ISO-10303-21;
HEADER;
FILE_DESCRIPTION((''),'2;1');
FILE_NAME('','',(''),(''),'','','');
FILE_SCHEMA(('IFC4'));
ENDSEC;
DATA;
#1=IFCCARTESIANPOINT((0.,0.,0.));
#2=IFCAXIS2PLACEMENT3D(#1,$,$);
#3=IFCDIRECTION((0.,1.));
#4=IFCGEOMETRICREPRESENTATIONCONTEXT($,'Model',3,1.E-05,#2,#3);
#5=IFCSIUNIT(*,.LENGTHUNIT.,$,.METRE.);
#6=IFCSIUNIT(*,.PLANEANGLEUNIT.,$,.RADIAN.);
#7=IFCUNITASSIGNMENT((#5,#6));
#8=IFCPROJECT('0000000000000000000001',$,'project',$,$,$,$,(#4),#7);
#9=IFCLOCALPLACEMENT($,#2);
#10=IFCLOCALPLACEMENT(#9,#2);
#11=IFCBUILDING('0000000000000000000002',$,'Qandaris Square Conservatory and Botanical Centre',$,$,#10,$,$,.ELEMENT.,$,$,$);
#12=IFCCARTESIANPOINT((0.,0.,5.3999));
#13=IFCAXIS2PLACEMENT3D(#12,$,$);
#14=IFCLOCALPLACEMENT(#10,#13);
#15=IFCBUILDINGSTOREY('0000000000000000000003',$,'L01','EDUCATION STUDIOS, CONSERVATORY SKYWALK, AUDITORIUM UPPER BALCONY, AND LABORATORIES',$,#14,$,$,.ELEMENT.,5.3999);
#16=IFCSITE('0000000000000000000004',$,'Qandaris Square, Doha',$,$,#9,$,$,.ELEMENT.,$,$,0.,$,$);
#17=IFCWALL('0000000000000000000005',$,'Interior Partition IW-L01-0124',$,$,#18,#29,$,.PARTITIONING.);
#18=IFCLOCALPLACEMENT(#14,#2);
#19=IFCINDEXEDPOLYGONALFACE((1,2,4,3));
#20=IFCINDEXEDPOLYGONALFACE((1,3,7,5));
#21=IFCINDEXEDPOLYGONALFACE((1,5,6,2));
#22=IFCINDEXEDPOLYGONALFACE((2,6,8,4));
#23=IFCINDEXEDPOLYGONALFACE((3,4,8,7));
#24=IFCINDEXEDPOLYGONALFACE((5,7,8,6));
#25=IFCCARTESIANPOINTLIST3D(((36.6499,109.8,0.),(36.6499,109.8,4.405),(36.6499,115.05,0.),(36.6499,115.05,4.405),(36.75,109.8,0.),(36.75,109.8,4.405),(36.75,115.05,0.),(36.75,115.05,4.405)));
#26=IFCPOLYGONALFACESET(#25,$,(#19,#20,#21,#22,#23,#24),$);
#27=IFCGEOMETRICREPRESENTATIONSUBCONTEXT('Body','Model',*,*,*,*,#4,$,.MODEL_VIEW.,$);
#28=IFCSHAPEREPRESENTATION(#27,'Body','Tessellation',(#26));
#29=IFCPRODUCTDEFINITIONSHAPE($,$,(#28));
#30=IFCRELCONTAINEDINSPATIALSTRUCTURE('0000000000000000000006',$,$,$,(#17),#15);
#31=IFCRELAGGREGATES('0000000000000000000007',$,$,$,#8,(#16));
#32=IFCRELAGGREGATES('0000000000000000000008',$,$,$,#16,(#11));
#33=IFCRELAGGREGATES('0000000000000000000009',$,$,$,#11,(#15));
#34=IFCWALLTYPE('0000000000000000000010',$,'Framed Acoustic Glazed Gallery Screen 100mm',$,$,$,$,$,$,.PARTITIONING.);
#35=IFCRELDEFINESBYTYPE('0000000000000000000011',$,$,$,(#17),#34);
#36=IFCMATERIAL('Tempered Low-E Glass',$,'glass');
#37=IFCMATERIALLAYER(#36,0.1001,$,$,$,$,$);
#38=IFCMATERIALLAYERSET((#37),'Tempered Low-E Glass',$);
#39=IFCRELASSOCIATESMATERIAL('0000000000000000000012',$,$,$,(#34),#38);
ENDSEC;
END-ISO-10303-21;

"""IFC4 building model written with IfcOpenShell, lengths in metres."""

from ifc_helpers import new_model, si_unit, direction, frame, frame_2d, origin, place, context, subcontext, project, spatial, rectangle, extrude, material, layer, layer_set, type_object, element, save


model = new_model("IFC4")

# Units and contexts
model_context = context("Model", 3, precision=1e-05, world=origin(), true_north=direction((0.0, 1.0)))
body_context = subcontext(model_context, "Body", "Model", "MODEL_VIEW")
ifc_project = project(units=[si_unit("LENGTHUNIT", "METRE"), si_unit("PLANEANGLEUNIT", "RADIAN")], contexts=[model_context])

# Site, building, storey
site_placement = place(None, origin())
site = spatial("IfcSite", under=ifc_project, at=site_placement, Name="Qandaris Square, Doha", CompositionType="ELEMENT", RefElevation=0.0)
building_placement = place(site_placement, origin())
building = spatial("IfcBuilding", under=site, at=building_placement, Name="Qandaris Square Conservatory and Botanical Centre", CompositionType="ELEMENT")
storey_placement = place(building_placement, frame((0.0, 0.0, 5.3999)))
storey = spatial("IfcBuildingStorey", under=building, at=storey_placement, Name="L01", Description="EDUCATION STUDIOS, CONSERVATORY SKYWALK, AUDITORIUM UPPER BALCONY, AND LABORATORIES", CompositionType="ELEMENT", Elevation=5.3999)

# Shared definitions
ifc_material_1 = material(Name="Tempered Low-E Glass", Category="glass")

# Wall
ifc_layer_1 = layer(ifc_material_1, 0.1001)
ifc_layer_set_1 = layer_set([ifc_layer_1], Name="Tempered Low-E Glass")
wall_type = type_object("IfcWallType", Name="Framed Acoustic Glazed Gallery Screen 100mm", PredefinedType="PARTITIONING", material=ifc_layer_set_1)
wall_placement = place(storey_placement, frame((36.7, 109.8, 0.0), z_axis=(0.0, 0.0, 1.0), x_axis=(0.0, 1.0, 0.0)))
element("IfcWall", 1, at=wall_placement, inside=storey, type_object=wall_type, Name="Interior Partition IW-L01-0124", PredefinedType="PARTITIONING", context=body_context, shape_type="SweptSolid", body=[
    extrude(rectangle(XDim=5.25, YDim=0.1001, at=frame_2d((2.625, 0.0))), origin(), (0.0, 0.0, 1.0), 4.405),
])

save(model, "model.ifc")
